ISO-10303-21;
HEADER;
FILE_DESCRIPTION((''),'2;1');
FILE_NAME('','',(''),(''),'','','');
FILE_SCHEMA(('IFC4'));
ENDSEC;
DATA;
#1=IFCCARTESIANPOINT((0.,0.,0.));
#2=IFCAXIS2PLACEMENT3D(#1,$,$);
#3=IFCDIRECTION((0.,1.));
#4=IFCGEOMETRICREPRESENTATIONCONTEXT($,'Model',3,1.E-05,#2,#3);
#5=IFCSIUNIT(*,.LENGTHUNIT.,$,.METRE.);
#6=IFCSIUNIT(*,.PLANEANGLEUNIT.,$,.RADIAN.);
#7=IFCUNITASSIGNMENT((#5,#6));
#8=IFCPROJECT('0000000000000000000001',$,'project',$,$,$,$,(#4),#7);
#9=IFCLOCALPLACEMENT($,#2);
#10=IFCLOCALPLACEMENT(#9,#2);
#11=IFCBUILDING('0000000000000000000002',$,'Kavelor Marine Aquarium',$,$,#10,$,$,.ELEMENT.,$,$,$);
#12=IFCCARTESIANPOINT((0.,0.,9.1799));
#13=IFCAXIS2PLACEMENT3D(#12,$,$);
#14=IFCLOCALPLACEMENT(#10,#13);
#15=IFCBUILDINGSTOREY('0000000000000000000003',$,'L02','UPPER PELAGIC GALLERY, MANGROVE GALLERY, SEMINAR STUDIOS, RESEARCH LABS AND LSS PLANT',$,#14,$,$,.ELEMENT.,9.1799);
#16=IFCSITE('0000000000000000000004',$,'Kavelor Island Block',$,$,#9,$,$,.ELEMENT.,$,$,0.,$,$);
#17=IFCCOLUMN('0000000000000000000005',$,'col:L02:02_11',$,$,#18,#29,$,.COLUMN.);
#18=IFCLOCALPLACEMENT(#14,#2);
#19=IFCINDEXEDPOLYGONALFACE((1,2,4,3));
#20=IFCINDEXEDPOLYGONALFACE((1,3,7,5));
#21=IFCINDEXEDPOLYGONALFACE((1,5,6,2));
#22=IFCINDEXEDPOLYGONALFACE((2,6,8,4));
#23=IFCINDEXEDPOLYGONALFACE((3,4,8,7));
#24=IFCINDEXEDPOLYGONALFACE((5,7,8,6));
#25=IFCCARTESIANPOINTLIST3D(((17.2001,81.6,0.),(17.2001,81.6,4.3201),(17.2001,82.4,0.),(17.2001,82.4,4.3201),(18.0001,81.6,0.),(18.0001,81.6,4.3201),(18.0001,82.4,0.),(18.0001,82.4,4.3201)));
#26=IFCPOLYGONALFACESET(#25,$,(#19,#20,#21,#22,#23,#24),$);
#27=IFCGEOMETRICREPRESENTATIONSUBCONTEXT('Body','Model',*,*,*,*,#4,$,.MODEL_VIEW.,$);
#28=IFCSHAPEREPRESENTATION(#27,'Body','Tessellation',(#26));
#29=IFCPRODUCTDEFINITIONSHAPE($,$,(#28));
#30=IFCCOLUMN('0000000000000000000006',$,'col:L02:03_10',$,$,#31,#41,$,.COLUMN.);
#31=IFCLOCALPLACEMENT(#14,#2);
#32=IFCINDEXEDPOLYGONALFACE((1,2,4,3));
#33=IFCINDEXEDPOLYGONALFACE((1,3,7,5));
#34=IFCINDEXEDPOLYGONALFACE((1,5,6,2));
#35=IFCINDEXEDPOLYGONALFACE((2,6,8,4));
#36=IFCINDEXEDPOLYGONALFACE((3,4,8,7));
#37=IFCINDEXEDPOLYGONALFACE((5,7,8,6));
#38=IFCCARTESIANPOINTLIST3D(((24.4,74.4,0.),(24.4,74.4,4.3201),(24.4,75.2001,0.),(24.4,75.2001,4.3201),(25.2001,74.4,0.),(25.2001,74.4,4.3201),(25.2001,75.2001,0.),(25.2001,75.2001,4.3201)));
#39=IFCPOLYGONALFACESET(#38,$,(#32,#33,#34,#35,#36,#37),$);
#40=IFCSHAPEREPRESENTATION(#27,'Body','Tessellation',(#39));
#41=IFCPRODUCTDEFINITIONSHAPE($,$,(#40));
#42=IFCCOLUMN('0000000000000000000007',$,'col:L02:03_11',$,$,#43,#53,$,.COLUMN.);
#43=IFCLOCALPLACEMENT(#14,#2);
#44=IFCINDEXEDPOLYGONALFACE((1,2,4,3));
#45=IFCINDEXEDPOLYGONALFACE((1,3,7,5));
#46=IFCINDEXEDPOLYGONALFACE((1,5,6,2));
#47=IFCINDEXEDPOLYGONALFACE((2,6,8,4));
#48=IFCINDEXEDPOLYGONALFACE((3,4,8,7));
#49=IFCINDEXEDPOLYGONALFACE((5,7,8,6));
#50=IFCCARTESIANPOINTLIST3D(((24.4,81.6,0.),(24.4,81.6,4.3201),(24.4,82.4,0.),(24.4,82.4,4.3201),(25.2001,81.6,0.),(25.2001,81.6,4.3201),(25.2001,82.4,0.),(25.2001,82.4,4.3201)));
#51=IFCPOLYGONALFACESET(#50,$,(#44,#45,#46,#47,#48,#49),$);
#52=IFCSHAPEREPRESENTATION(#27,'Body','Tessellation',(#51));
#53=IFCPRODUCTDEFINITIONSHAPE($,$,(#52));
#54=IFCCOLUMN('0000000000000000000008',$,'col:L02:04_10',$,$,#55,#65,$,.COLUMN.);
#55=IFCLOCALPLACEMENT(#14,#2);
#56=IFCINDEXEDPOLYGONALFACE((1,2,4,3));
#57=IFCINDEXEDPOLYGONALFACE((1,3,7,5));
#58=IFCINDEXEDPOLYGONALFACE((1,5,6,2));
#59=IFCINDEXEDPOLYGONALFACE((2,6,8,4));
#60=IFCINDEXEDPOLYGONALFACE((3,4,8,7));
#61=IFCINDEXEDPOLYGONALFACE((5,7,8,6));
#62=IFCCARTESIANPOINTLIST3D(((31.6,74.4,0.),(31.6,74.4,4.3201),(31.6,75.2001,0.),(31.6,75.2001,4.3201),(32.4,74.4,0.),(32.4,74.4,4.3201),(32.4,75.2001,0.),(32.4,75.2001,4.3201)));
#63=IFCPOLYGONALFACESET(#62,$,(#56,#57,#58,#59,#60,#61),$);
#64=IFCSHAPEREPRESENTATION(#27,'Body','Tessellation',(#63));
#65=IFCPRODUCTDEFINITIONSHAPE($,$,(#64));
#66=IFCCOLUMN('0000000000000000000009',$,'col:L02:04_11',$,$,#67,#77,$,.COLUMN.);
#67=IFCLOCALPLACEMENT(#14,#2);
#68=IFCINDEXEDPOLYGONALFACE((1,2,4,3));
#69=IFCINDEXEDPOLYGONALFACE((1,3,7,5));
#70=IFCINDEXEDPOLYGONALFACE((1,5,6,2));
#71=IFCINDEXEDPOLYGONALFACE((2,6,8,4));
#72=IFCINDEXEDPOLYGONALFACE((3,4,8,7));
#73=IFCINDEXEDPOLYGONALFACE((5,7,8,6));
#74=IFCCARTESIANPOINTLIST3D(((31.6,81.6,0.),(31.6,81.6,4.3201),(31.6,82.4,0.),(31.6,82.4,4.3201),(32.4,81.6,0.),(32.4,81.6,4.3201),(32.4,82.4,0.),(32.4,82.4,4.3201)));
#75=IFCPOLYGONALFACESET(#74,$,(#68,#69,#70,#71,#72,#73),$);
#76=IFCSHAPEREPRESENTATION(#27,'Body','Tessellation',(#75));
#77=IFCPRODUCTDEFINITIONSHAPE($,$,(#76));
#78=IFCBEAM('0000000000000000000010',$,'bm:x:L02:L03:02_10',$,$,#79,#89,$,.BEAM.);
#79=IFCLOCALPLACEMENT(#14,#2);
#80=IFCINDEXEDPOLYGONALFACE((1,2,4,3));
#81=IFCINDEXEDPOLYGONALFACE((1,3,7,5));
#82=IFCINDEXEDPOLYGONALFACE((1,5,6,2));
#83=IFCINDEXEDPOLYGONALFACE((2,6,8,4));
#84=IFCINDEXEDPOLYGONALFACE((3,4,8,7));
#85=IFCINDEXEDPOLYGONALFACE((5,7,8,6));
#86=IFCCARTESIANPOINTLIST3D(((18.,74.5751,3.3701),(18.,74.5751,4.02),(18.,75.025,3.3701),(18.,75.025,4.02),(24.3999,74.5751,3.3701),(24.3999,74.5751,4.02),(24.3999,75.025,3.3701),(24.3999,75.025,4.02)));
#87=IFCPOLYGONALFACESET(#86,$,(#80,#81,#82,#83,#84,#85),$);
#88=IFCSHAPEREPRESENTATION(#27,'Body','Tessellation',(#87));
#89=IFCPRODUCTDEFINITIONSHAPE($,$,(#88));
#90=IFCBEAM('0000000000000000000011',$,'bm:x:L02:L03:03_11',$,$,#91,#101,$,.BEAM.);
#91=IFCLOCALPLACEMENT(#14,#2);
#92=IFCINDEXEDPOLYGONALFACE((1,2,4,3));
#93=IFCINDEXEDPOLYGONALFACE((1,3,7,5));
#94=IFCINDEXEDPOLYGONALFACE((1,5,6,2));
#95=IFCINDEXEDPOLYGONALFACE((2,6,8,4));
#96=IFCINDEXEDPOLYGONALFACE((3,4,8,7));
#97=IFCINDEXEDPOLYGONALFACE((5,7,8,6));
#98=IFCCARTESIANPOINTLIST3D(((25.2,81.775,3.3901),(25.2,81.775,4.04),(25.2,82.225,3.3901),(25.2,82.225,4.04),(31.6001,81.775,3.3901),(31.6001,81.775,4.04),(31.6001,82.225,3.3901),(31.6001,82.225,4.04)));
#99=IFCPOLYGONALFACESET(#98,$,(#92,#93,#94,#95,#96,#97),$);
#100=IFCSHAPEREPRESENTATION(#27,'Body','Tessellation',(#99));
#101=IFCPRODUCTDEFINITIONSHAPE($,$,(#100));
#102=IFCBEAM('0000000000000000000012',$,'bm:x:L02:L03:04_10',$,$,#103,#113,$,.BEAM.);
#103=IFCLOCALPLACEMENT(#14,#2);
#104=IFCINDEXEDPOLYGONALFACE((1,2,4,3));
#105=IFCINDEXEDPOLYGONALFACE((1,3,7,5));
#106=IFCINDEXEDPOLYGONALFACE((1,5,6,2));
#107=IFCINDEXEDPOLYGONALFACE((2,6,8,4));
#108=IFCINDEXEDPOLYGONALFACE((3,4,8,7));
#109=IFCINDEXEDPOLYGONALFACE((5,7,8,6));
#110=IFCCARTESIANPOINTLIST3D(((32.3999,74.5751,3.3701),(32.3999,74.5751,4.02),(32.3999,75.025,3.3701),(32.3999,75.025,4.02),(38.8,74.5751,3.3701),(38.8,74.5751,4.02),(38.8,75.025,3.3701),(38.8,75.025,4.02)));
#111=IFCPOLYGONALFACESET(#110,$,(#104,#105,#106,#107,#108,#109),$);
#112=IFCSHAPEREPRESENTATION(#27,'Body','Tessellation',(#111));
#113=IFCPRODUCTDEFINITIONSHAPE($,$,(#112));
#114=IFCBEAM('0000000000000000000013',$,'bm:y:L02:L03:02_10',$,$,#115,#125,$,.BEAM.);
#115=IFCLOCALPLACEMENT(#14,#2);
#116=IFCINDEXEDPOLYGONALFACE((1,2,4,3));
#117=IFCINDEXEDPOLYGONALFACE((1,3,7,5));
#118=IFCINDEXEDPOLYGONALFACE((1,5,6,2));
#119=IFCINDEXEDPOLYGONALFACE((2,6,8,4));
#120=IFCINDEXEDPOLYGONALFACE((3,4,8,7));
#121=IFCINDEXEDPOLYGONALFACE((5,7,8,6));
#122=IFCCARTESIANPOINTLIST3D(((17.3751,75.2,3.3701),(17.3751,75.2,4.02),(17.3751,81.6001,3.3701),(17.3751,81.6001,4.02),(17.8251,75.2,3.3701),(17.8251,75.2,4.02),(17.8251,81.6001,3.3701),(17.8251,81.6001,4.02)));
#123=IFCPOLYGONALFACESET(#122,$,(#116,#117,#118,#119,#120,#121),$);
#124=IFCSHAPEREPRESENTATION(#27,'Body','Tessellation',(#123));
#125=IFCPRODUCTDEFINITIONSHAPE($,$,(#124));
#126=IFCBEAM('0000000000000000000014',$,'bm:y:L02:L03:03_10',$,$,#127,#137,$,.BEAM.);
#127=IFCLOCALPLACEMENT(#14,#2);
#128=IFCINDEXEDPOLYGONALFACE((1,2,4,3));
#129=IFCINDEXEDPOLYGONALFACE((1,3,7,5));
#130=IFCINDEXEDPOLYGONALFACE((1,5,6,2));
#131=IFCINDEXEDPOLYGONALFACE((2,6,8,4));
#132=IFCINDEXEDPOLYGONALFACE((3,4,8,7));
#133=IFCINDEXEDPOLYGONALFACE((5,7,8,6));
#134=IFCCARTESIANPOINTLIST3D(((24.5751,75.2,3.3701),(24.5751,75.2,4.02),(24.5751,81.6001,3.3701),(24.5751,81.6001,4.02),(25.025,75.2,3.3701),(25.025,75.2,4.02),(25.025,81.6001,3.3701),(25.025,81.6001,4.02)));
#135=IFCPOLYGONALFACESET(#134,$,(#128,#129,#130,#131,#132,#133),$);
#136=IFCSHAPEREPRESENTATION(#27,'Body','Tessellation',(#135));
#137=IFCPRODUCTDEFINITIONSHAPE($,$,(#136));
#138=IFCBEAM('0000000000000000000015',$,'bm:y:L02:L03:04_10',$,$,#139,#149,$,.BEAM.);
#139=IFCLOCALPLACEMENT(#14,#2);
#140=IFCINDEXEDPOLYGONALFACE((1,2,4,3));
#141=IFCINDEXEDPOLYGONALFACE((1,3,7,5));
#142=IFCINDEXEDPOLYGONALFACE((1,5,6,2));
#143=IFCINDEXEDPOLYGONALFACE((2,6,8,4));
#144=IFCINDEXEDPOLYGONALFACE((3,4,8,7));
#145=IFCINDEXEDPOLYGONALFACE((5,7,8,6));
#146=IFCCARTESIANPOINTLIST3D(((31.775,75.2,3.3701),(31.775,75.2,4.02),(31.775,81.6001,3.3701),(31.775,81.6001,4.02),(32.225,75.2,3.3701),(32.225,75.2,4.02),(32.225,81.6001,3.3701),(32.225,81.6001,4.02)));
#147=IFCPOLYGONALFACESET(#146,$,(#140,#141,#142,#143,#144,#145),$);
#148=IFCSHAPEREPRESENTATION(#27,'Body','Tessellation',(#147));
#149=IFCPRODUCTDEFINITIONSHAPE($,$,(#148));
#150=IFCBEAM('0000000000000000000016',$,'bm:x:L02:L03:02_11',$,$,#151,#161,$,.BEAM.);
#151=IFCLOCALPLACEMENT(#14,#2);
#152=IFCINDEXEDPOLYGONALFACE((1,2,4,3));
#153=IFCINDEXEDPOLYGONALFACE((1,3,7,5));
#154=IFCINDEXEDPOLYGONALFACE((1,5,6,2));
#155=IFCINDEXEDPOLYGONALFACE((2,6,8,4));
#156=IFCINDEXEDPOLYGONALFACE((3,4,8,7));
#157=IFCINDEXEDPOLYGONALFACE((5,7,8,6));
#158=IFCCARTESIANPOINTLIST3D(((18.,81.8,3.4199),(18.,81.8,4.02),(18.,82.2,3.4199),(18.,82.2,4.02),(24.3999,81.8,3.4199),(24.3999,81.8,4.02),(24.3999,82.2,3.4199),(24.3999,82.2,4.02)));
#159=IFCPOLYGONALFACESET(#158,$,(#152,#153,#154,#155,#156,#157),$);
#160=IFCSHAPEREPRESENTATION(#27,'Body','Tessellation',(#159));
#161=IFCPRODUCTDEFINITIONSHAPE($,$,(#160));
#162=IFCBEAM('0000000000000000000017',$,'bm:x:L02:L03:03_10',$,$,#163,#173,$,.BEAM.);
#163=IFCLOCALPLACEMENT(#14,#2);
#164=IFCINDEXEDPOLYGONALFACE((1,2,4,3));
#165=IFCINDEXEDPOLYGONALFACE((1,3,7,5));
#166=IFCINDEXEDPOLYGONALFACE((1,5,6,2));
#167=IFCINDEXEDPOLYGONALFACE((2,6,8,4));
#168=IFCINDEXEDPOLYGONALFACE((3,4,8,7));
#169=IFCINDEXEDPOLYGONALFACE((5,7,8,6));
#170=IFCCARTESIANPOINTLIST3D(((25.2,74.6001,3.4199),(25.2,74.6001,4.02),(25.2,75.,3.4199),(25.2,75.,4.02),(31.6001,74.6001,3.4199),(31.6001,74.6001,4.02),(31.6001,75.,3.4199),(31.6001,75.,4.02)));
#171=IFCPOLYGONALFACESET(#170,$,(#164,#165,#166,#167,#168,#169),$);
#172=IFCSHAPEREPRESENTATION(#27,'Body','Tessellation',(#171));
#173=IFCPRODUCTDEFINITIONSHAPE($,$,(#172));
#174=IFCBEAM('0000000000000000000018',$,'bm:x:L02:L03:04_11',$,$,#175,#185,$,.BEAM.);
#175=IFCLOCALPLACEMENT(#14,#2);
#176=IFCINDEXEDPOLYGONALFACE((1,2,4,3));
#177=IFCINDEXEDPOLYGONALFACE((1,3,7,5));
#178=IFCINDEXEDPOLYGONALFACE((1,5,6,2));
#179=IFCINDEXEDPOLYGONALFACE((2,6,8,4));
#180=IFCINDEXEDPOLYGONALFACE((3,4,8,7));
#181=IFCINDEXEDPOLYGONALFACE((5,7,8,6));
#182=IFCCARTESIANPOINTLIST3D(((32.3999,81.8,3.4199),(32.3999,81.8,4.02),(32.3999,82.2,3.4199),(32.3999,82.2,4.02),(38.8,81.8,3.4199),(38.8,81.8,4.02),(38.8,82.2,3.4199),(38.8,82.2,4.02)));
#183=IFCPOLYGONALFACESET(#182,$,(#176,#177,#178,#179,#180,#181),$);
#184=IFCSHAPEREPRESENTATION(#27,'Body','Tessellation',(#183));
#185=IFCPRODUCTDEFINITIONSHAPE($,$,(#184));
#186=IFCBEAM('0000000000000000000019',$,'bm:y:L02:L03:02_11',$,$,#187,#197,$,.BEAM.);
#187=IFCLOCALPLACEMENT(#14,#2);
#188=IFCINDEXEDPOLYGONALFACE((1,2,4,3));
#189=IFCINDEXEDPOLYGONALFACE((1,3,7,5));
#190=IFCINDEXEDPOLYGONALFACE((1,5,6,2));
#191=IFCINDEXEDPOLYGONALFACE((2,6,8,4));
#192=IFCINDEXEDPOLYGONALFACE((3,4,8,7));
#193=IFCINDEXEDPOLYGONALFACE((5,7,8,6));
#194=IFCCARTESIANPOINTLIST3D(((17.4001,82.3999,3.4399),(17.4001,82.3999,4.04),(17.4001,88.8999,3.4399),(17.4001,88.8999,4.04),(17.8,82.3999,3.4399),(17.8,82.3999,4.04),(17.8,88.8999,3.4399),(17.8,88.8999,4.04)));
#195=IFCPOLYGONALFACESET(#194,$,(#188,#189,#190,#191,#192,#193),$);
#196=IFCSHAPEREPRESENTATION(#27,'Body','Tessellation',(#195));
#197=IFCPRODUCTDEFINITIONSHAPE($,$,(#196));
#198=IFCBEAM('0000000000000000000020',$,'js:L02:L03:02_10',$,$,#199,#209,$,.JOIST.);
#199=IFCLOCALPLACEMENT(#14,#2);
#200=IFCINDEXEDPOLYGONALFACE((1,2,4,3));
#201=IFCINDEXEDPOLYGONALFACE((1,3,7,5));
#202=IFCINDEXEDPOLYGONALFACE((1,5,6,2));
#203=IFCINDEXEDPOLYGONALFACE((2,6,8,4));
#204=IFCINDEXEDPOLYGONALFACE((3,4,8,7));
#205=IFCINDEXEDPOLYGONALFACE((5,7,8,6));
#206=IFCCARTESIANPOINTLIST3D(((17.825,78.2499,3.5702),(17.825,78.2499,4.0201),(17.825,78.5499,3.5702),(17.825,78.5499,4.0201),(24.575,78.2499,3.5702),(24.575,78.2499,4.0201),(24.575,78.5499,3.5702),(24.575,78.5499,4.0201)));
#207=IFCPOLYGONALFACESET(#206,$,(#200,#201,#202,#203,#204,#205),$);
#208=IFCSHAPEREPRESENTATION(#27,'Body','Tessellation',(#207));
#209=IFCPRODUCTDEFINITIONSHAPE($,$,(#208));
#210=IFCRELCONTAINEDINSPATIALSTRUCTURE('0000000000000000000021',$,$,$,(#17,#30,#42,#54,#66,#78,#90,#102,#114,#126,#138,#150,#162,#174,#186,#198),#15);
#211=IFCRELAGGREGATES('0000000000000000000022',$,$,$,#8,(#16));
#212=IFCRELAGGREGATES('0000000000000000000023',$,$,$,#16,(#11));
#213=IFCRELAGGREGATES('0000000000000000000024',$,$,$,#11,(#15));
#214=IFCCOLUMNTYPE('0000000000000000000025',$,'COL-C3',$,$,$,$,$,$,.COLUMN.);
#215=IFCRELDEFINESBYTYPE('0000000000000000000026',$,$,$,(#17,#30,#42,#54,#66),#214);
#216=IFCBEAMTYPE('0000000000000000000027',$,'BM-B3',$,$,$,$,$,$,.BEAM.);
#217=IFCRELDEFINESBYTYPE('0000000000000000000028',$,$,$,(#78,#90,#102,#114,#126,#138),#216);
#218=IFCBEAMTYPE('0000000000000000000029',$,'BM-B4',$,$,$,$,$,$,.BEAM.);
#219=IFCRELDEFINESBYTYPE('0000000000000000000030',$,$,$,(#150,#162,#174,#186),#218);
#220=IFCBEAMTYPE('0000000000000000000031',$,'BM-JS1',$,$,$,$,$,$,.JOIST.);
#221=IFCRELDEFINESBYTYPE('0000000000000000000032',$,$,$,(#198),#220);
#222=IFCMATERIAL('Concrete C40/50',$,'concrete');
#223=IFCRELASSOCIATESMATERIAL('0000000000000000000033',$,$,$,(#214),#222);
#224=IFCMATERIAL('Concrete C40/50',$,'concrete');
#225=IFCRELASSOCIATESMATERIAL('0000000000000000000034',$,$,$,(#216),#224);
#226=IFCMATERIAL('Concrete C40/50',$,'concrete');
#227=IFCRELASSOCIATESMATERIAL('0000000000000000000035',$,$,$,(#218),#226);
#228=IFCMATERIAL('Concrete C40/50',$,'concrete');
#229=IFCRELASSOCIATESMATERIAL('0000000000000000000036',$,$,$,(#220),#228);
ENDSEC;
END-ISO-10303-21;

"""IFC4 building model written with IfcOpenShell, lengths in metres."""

from ifc_helpers import new_model, si_unit, direction, frame, origin, origin_2d, place, context, subcontext, project, spatial, rectangle, extrude, material, material_profile, profile_set, type_object, element, save


model = new_model("IFC4")

# Units and contexts
model_context = context("Model", 3, precision=1e-05, world=origin(), true_north=direction((0.0, 1.0)))
body_context = subcontext(model_context, "Body", "Model", "MODEL_VIEW")
ifc_project = project(units=[si_unit("LENGTHUNIT", "METRE"), si_unit("PLANEANGLEUNIT", "RADIAN")], contexts=[model_context])

# Site, building, storey
site_placement = place(None, origin())
site = spatial("IfcSite", under=ifc_project, at=site_placement, Name="Kavelor Island Block", CompositionType="ELEMENT", RefElevation=0.0)
building_placement = place(site_placement, origin())
building = spatial("IfcBuilding", under=site, at=building_placement, Name="Kavelor Marine Aquarium", CompositionType="ELEMENT")
storey_placement = place(building_placement, frame((0.0, 0.0, 9.1799)))
storey = spatial("IfcBuildingStorey", under=building, at=storey_placement, Name="L02", Description="UPPER PELAGIC GALLERY, MANGROVE GALLERY, SEMINAR STUDIOS, RESEARCH LABS AND LSS PLANT", CompositionType="ELEMENT", Elevation=9.1799)

# Columns
ifc_material_1 = material(Name="Concrete C40/50", Category="concrete")
ifc_material_profile_1 = material_profile(ifc_material_1, rectangle(XDim=0.8, YDim=0.8, at=origin_2d()), Name="RC-COL 800x800")
ifc_profile_set_1 = profile_set([ifc_material_profile_1], Name="Concrete C40/50")
column_type = type_object("IfcColumnType", Name="COL-C3", PredefinedType="COLUMN", material=ifc_profile_set_1)
for number, where, z_axis, x_axis, name in (
    (1, (17.6001, 82.0, 0.0), (0.0, 0.0, 1.0), (1.0, 0.0, 0.0), "col:L02:02_11"),
    (2, (24.8, 74.8, 0.0), (0.0, 0.0, 1.0), (1.0, 0.0, 0.0), "col:L02:03_10"),
    (3, (24.8, 82.0, 0.0), (0.0, 0.0, 1.0), (1.0, 0.0, 0.0), "col:L02:03_11"),
    (4, (32.0, 74.8, 0.0), (0.0, 0.0, 1.0), (1.0, 0.0, 0.0), "col:L02:04_10"),
    (5, (32.0, 82.0, 0.0), (0.0, 0.0, 1.0), (1.0, 0.0, 0.0), "col:L02:04_11"),
):
    element("IfcColumn", number, at=place(storey_placement, frame(where, z_axis=z_axis, x_axis=x_axis)), inside=storey, type_object=column_type, Name=name, PredefinedType="COLUMN", context=body_context, shape_type="SweptSolid", body=[
        extrude(rectangle(XDim=0.8, YDim=0.8, at=origin_2d()), origin(), (0.0, 0.0, 1.0), 4.3201),
    ])

# Beams
ifc_material_2 = material(Name="Concrete C40/50", Category="concrete")
ifc_material_profile_2 = material_profile(ifc_material_2, rectangle(XDim=0.45, YDim=0.6499, at=origin_2d()), Name="RC-BM 450x650")
ifc_profile_set_2 = profile_set([ifc_material_profile_2], Name="Concrete C40/50")
beam_type_1 = type_object("IfcBeamType", Name="BM-B3", PredefinedType="BEAM", material=ifc_profile_set_2)
beam_1_placement = place(storey_placement, frame((18.0, 74.8, 3.6951), z_axis=(1.0, 0.0, 0.0), x_axis=(0.0, 1.0, 0.0)))
element("IfcBeam", 6, at=beam_1_placement, inside=storey, type_object=beam_type_1, Name="bm:x:L02:L03:02_10", PredefinedType="BEAM", context=body_context, shape_type="SweptSolid", body=[
    extrude(rectangle(XDim=0.45, YDim=0.6499, at=origin_2d()), origin(), (0.0, 0.0, 1.0), 6.3999),
])
for number, where, z_axis, x_axis, name in (
    (7, (25.2, 82.0, 3.7151), (1.0, 0.0, 0.0), (0.0, 1.0, 0.0), "bm:x:L02:L03:03_11"),
    (8, (32.3999, 74.8, 3.6951), (1.0, 0.0, 0.0), (0.0, 1.0, 0.0), "bm:x:L02:L03:04_10"),
    (9, (17.6001, 75.2, 3.6951), (0.0, 1.0, 0.0), (-1.0, 0.0, 0.0), "bm:y:L02:L03:02_10"),
    (10, (24.8, 75.2, 3.6951), (0.0, 1.0, 0.0), (-1.0, 0.0, 0.0), "bm:y:L02:L03:03_10"),
    (11, (32.0, 75.2, 3.6951), (0.0, 1.0, 0.0), (-1.0, 0.0, 0.0), "bm:y:L02:L03:04_10"),
):
    element("IfcBeam", number, at=place(storey_placement, frame(where, z_axis=z_axis, x_axis=x_axis)), inside=storey, type_object=beam_type_1, Name=name, PredefinedType="BEAM", context=body_context, shape_type="SweptSolid", body=[
        extrude(rectangle(XDim=0.45, YDim=0.6499, at=origin_2d()), origin(), (0.0, 0.0, 1.0), 6.4001),
    ])
ifc_material_3 = material(Name="Concrete C40/50", Category="concrete")
ifc_material_profile_3 = material_profile(ifc_material_3, rectangle(XDim=0.3999, YDim=0.6001, at=origin_2d()), Name="RC-BM 400x600")
ifc_profile_set_3 = profile_set([ifc_material_profile_3], Name="Concrete C40/50")
beam_type_2 = type_object("IfcBeamType", Name="BM-B4", PredefinedType="BEAM", material=ifc_profile_set_3)
beam_2_placement = place(storey_placement, frame((18.0, 82.0, 3.72), z_axis=(1.0, 0.0, 0.0), x_axis=(0.0, 1.0, 0.0)))
element("IfcBeam", 12, at=beam_2_placement, inside=storey, type_object=beam_type_2, Name="bm:x:L02:L03:02_11", PredefinedType="BEAM", context=body_context, shape_type="SweptSolid", body=[
    extrude(rectangle(XDim=0.3999, YDim=0.6001, at=origin_2d()), origin(), (0.0, 0.0, 1.0), 6.3999),
])
for number, where, z_axis, x_axis, name in (
    (13, (25.2, 74.8, 3.72), (1.0, 0.0, 0.0), (0.0, 1.0, 0.0), "bm:x:L02:L03:03_10"),
    (14, (32.3999, 82.0, 3.72), (1.0, 0.0, 0.0), (0.0, 1.0, 0.0), "bm:x:L02:L03:04_11"),
):
    element("IfcBeam", number, at=place(storey_placement, frame(where, z_axis=z_axis, x_axis=x_axis)), inside=storey, type_object=beam_type_2, Name=name, PredefinedType="BEAM", context=body_context, shape_type="SweptSolid", body=[
        extrude(rectangle(XDim=0.3999, YDim=0.6001, at=origin_2d()), origin(), (0.0, 0.0, 1.0), 6.4001),
    ])
beam_3_placement = place(storey_placement, frame((17.6001, 82.3999, 3.74), z_axis=(0.0, 1.0, 0.0), x_axis=(-1.0, 0.0, 0.0)))
element("IfcBeam", 15, at=beam_3_placement, inside=storey, type_object=beam_type_2, Name="bm:y:L02:L03:02_11", PredefinedType="BEAM", context=body_context, shape_type="SweptSolid", body=[
    extrude(rectangle(XDim=0.3999, YDim=0.6001, at=origin_2d()), origin(), (0.0, 0.0, 1.0), 6.5),
])
ifc_material_4 = material(Name="Concrete C40/50", Category="concrete")
ifc_material_profile_4 = material_profile(ifc_material_4, rectangle(XDim=0.3, YDim=0.45, at=origin_2d()), Name="RC-JS 300x450")
ifc_profile_set_4 = profile_set([ifc_material_profile_4], Name="Concrete C40/50")
beam_type_3 = type_object("IfcBeamType", Name="BM-JS1", PredefinedType="JOIST", material=ifc_profile_set_4)
beam_4_placement = place(storey_placement, frame((17.825, 78.3999, 3.7952), z_axis=(1.0, 0.0, 0.0), x_axis=(0.0, 1.0, 0.0)))
element("IfcBeam", 16, at=beam_4_placement, inside=storey, type_object=beam_type_3, Name="js:L02:L03:02_10", PredefinedType="JOIST", context=body_context, shape_type="SweptSolid", body=[
    extrude(rectangle(XDim=0.3, YDim=0.45, at=origin_2d()), origin(), (0.0, 0.0, 1.0), 6.75),
])

save(model, "model.ifc")
